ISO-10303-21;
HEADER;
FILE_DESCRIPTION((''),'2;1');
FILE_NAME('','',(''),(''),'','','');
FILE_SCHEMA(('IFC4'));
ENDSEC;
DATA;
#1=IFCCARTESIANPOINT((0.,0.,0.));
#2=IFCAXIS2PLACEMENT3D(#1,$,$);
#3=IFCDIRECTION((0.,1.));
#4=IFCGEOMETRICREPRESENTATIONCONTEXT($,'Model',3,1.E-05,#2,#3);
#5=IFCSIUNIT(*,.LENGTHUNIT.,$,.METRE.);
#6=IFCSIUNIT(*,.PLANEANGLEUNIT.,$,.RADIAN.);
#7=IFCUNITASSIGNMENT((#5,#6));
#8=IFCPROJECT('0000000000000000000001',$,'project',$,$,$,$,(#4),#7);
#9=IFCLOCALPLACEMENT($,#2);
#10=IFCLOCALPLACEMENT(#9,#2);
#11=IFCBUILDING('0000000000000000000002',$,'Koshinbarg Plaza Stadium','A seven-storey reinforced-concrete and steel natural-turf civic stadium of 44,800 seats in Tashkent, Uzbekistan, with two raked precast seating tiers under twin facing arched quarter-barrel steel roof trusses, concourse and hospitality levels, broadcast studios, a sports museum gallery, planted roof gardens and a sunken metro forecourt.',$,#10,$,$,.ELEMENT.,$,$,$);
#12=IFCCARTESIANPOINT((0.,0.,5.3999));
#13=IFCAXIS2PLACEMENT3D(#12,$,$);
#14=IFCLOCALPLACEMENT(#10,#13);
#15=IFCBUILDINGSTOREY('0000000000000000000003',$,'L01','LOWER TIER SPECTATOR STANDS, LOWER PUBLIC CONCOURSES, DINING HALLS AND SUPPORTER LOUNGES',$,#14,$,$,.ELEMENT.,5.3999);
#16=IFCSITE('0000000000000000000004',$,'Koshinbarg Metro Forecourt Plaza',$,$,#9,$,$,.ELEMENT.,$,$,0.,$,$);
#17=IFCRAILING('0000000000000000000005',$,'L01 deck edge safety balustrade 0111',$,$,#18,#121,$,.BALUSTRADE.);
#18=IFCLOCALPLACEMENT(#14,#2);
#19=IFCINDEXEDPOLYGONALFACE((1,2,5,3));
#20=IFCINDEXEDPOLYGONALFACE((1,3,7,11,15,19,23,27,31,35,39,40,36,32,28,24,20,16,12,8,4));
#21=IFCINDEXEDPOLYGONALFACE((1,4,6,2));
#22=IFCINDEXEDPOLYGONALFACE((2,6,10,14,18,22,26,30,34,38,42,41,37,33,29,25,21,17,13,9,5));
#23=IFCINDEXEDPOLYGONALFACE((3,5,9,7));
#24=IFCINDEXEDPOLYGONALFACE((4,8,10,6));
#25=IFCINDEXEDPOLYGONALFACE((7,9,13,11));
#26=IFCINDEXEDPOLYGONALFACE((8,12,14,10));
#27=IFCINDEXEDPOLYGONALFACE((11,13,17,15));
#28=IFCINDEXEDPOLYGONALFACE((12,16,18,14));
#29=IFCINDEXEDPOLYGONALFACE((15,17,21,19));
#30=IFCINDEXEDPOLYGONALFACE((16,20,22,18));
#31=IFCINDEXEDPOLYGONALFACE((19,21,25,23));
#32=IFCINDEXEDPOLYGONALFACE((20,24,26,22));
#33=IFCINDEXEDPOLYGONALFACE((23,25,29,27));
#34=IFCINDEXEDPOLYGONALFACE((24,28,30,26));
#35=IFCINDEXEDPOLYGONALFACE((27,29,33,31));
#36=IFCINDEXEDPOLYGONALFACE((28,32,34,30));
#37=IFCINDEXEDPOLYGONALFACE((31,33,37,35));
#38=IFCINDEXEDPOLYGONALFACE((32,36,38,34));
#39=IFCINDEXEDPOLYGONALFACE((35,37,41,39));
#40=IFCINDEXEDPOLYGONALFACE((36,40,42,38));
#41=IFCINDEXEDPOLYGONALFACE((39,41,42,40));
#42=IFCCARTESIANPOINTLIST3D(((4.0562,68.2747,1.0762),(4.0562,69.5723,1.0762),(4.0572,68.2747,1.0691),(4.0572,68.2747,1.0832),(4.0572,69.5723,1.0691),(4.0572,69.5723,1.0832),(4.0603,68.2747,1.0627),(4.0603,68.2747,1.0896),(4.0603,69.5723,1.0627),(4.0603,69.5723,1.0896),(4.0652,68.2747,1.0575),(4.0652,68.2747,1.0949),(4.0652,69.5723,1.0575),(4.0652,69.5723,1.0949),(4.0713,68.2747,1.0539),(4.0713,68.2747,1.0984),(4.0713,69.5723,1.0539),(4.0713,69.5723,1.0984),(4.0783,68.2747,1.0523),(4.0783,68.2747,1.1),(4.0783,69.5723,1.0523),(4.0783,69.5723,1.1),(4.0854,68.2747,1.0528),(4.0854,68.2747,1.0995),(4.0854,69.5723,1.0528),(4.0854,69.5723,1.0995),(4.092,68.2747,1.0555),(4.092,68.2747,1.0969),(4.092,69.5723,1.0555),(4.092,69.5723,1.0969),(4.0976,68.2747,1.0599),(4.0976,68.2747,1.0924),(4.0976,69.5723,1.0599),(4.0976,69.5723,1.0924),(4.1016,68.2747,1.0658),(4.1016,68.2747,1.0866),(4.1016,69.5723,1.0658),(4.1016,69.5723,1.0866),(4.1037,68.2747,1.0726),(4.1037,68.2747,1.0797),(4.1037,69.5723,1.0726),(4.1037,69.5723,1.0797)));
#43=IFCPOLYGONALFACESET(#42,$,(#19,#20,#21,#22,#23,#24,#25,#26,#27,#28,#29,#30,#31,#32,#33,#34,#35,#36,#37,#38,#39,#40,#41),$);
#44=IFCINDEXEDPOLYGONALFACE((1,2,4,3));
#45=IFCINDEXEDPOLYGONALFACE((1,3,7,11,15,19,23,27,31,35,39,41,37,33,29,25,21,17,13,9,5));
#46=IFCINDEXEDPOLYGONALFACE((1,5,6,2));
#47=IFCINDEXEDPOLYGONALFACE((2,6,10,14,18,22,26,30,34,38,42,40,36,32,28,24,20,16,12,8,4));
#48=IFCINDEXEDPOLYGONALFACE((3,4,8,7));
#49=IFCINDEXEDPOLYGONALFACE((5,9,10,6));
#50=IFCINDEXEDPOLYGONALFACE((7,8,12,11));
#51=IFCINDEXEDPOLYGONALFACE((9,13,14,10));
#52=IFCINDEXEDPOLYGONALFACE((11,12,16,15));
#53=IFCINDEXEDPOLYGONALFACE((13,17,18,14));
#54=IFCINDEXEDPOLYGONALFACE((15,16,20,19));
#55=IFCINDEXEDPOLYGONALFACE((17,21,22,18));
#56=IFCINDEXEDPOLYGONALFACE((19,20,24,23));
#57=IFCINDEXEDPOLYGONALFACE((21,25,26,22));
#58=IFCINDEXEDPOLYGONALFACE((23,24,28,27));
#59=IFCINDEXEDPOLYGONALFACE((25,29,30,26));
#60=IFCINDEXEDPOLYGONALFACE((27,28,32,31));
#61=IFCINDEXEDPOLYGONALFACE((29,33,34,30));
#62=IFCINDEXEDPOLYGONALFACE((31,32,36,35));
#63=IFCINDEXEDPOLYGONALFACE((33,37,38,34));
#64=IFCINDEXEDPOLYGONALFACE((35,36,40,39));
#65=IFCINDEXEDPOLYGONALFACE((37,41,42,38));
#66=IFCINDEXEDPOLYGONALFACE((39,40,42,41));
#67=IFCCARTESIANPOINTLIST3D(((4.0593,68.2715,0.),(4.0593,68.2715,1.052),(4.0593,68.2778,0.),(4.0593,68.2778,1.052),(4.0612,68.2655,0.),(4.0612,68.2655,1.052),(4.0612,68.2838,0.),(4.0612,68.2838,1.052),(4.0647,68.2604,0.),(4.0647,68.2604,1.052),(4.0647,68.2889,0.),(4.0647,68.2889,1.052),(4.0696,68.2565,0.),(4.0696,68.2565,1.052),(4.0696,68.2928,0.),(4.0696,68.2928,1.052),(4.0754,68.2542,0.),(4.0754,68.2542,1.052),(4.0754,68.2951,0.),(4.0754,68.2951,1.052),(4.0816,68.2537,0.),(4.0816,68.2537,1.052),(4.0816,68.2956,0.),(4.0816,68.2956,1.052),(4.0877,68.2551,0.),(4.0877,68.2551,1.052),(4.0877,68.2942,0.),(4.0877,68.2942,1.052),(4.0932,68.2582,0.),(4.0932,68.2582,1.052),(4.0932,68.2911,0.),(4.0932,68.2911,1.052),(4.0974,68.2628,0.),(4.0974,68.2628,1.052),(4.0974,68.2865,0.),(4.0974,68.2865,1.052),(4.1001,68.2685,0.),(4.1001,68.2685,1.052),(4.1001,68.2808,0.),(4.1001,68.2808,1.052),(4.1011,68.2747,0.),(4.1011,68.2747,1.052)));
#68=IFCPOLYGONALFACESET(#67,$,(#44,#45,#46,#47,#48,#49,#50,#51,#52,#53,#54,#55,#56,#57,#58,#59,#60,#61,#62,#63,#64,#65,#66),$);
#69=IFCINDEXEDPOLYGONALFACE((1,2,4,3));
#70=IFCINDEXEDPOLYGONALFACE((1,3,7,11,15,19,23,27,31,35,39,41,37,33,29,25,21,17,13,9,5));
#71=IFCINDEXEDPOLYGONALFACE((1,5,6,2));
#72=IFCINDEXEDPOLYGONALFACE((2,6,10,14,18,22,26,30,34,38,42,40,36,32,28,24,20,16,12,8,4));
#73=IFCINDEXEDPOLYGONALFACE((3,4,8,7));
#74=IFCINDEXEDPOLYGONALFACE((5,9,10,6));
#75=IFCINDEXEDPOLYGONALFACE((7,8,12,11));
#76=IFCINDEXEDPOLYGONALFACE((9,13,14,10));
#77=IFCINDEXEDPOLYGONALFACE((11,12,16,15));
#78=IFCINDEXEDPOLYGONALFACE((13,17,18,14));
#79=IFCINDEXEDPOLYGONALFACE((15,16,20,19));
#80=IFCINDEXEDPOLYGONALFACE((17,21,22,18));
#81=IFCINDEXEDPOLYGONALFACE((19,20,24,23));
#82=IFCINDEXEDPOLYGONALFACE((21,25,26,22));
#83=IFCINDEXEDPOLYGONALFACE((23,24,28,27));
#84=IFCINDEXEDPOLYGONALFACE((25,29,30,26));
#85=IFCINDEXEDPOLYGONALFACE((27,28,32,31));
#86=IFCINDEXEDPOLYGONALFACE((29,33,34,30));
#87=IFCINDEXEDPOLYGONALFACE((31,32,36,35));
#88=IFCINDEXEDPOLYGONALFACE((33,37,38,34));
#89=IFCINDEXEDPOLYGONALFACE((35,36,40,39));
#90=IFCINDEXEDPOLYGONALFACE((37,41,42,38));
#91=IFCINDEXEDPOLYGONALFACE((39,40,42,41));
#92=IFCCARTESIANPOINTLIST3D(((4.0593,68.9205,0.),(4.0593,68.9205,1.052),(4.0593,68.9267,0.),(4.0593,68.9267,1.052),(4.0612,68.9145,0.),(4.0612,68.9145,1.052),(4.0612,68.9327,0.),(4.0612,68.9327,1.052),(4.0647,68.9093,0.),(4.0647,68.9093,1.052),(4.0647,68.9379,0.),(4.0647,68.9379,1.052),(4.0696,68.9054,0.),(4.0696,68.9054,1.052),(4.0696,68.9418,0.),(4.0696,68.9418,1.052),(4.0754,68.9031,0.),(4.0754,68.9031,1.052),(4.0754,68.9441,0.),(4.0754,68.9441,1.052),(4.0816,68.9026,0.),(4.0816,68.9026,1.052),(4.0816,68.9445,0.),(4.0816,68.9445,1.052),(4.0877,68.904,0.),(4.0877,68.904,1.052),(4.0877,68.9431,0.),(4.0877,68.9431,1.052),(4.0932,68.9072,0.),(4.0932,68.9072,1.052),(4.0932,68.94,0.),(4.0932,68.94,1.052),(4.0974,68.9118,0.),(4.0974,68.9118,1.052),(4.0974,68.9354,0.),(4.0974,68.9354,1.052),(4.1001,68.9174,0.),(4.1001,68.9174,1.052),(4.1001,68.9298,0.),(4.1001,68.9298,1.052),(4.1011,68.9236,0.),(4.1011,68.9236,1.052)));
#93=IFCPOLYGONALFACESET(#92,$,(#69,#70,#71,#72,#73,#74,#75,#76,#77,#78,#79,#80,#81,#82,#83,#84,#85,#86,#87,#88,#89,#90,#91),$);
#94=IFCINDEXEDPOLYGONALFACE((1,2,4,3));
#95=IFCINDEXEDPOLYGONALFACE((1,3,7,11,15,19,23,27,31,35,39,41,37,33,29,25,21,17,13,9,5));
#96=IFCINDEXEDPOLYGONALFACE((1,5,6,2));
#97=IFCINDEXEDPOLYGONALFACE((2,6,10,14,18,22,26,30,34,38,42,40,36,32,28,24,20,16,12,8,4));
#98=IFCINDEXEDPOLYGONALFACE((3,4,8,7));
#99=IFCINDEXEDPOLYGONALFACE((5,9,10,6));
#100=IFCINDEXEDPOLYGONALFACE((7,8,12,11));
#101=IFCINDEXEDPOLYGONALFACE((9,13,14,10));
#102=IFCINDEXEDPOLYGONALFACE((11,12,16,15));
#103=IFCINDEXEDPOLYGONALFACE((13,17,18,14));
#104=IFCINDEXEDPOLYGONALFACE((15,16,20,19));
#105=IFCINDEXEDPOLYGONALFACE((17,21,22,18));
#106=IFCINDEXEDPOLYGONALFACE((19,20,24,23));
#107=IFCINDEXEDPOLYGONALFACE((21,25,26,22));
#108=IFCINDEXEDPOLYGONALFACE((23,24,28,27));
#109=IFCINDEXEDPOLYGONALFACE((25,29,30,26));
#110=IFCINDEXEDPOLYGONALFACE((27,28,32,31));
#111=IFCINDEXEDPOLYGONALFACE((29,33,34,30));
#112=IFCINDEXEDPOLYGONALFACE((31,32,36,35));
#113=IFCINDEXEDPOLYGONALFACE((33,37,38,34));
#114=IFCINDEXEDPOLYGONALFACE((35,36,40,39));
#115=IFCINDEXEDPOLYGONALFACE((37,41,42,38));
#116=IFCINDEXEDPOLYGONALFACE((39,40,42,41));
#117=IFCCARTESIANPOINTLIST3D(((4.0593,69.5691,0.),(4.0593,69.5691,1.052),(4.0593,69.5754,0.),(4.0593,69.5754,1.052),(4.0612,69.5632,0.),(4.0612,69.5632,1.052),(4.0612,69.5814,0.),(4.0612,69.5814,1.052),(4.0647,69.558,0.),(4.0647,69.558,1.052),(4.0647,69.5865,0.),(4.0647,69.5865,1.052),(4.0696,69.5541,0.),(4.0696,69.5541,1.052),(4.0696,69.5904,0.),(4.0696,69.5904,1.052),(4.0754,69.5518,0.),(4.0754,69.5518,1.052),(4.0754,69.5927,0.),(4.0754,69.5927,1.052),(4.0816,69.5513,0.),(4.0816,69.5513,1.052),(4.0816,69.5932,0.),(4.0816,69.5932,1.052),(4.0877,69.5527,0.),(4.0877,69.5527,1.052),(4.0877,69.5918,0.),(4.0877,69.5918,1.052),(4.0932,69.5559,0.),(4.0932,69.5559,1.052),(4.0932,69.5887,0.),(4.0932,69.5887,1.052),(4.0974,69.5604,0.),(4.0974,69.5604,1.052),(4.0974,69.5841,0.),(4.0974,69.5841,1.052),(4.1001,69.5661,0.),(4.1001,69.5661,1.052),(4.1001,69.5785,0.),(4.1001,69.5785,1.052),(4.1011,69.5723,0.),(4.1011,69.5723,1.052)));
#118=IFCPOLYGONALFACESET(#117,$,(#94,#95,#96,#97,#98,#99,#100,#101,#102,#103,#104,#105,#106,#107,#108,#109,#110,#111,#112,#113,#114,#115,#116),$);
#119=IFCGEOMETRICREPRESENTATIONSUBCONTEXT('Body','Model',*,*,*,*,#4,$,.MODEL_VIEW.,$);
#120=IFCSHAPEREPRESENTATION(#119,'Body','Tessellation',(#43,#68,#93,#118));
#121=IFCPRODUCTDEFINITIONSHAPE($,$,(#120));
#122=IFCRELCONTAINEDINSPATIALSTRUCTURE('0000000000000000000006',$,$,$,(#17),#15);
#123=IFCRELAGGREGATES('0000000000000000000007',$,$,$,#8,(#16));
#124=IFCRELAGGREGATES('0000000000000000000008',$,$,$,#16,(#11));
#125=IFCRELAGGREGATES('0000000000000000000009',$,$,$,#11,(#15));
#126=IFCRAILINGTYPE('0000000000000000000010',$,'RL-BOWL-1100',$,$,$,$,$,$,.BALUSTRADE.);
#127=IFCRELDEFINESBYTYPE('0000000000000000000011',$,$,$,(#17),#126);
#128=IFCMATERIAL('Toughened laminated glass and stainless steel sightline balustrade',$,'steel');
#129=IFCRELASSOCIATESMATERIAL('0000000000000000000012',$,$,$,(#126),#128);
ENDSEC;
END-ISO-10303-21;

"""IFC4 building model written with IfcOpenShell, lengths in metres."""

from ifc_helpers import new_model, si_unit, direction, frame, origin, origin_2d, place, context, subcontext, project, spatial, circle, extrude, material, type_object, element, save


model = new_model("IFC4")

# Units and contexts
model_context = context("Model", 3, precision=1e-05, world=origin(), true_north=direction((0.0, 1.0)))
body_context = subcontext(model_context, "Body", "Model", "MODEL_VIEW")
ifc_project = project(units=[si_unit("LENGTHUNIT", "METRE"), si_unit("PLANEANGLEUNIT", "RADIAN")], contexts=[model_context])

# Site, building, storey
site_placement = place(None, origin())
site = spatial("IfcSite", under=ifc_project, at=site_placement, Name="Koshinbarg Metro Forecourt Plaza", CompositionType="ELEMENT", RefElevation=0.0)
building_placement = place(site_placement, origin())
building = spatial("IfcBuilding", under=site, at=building_placement, Name="Koshinbarg Plaza Stadium", Description="A seven-storey reinforced-concrete and steel natural-turf civic stadium of 44,800 seats in Tashkent, Uzbekistan, with two raked precast seating tiers under twin facing arched quarter-barrel steel roof trusses, concourse and hospitality levels, broadcast studios, a sports museum gallery, planted roof gardens and a sunken metro forecourt.", CompositionType="ELEMENT")
storey_placement = place(building_placement, frame((0.0, 0.0, 5.3999)))
storey = spatial("IfcBuildingStorey", under=building, at=storey_placement, Name="L01", Description="LOWER TIER SPECTATOR STANDS, LOWER PUBLIC CONCOURSES, DINING HALLS AND SUPPORTER LOUNGES", CompositionType="ELEMENT", Elevation=5.3999)

# Railing
ifc_material_1 = material(Name="Toughened laminated glass and stainless steel sightline balustrade", Category="steel")
railing_type = type_object("IfcRailingType", Name="RL-BOWL-1100", PredefinedType="BALUSTRADE", material=ifc_material_1)
railing_1_placement = place(storey_placement, frame((4.0801, 68.2747, 0.0)))
element("IfcRailing", 1, at=railing_1_placement, inside=storey, type_object=railing_type, Name="L01 deck edge safety balustrade 0111", PredefinedType="BALUSTRADE", context=body_context, shape_type="SweptSolid", body=[
    extrude(circle(Radius=0.0239, at=origin_2d()), frame((0.0, 0.0, 1.0762), z_axis=(0.0, 1.0, 0.0), x_axis=(-1.0, 0.0, 0.0)), (0.0, 0.0, 1.0), 1.2976),
    extrude(circle(Radius=0.021, at=origin_2d()), origin(), (0.0, 0.0, 1.0), 1.052),
    extrude(circle(Radius=0.021, at=origin_2d()), frame((0.0, 0.6489, 0.0)), (0.0, 0.0, 1.0), 1.052),
    extrude(circle(Radius=0.021, at=origin_2d()), frame((0.0, 1.2976, 0.0)), (0.0, 0.0, 1.0), 1.052),
])

save(model, "model.ifc")
